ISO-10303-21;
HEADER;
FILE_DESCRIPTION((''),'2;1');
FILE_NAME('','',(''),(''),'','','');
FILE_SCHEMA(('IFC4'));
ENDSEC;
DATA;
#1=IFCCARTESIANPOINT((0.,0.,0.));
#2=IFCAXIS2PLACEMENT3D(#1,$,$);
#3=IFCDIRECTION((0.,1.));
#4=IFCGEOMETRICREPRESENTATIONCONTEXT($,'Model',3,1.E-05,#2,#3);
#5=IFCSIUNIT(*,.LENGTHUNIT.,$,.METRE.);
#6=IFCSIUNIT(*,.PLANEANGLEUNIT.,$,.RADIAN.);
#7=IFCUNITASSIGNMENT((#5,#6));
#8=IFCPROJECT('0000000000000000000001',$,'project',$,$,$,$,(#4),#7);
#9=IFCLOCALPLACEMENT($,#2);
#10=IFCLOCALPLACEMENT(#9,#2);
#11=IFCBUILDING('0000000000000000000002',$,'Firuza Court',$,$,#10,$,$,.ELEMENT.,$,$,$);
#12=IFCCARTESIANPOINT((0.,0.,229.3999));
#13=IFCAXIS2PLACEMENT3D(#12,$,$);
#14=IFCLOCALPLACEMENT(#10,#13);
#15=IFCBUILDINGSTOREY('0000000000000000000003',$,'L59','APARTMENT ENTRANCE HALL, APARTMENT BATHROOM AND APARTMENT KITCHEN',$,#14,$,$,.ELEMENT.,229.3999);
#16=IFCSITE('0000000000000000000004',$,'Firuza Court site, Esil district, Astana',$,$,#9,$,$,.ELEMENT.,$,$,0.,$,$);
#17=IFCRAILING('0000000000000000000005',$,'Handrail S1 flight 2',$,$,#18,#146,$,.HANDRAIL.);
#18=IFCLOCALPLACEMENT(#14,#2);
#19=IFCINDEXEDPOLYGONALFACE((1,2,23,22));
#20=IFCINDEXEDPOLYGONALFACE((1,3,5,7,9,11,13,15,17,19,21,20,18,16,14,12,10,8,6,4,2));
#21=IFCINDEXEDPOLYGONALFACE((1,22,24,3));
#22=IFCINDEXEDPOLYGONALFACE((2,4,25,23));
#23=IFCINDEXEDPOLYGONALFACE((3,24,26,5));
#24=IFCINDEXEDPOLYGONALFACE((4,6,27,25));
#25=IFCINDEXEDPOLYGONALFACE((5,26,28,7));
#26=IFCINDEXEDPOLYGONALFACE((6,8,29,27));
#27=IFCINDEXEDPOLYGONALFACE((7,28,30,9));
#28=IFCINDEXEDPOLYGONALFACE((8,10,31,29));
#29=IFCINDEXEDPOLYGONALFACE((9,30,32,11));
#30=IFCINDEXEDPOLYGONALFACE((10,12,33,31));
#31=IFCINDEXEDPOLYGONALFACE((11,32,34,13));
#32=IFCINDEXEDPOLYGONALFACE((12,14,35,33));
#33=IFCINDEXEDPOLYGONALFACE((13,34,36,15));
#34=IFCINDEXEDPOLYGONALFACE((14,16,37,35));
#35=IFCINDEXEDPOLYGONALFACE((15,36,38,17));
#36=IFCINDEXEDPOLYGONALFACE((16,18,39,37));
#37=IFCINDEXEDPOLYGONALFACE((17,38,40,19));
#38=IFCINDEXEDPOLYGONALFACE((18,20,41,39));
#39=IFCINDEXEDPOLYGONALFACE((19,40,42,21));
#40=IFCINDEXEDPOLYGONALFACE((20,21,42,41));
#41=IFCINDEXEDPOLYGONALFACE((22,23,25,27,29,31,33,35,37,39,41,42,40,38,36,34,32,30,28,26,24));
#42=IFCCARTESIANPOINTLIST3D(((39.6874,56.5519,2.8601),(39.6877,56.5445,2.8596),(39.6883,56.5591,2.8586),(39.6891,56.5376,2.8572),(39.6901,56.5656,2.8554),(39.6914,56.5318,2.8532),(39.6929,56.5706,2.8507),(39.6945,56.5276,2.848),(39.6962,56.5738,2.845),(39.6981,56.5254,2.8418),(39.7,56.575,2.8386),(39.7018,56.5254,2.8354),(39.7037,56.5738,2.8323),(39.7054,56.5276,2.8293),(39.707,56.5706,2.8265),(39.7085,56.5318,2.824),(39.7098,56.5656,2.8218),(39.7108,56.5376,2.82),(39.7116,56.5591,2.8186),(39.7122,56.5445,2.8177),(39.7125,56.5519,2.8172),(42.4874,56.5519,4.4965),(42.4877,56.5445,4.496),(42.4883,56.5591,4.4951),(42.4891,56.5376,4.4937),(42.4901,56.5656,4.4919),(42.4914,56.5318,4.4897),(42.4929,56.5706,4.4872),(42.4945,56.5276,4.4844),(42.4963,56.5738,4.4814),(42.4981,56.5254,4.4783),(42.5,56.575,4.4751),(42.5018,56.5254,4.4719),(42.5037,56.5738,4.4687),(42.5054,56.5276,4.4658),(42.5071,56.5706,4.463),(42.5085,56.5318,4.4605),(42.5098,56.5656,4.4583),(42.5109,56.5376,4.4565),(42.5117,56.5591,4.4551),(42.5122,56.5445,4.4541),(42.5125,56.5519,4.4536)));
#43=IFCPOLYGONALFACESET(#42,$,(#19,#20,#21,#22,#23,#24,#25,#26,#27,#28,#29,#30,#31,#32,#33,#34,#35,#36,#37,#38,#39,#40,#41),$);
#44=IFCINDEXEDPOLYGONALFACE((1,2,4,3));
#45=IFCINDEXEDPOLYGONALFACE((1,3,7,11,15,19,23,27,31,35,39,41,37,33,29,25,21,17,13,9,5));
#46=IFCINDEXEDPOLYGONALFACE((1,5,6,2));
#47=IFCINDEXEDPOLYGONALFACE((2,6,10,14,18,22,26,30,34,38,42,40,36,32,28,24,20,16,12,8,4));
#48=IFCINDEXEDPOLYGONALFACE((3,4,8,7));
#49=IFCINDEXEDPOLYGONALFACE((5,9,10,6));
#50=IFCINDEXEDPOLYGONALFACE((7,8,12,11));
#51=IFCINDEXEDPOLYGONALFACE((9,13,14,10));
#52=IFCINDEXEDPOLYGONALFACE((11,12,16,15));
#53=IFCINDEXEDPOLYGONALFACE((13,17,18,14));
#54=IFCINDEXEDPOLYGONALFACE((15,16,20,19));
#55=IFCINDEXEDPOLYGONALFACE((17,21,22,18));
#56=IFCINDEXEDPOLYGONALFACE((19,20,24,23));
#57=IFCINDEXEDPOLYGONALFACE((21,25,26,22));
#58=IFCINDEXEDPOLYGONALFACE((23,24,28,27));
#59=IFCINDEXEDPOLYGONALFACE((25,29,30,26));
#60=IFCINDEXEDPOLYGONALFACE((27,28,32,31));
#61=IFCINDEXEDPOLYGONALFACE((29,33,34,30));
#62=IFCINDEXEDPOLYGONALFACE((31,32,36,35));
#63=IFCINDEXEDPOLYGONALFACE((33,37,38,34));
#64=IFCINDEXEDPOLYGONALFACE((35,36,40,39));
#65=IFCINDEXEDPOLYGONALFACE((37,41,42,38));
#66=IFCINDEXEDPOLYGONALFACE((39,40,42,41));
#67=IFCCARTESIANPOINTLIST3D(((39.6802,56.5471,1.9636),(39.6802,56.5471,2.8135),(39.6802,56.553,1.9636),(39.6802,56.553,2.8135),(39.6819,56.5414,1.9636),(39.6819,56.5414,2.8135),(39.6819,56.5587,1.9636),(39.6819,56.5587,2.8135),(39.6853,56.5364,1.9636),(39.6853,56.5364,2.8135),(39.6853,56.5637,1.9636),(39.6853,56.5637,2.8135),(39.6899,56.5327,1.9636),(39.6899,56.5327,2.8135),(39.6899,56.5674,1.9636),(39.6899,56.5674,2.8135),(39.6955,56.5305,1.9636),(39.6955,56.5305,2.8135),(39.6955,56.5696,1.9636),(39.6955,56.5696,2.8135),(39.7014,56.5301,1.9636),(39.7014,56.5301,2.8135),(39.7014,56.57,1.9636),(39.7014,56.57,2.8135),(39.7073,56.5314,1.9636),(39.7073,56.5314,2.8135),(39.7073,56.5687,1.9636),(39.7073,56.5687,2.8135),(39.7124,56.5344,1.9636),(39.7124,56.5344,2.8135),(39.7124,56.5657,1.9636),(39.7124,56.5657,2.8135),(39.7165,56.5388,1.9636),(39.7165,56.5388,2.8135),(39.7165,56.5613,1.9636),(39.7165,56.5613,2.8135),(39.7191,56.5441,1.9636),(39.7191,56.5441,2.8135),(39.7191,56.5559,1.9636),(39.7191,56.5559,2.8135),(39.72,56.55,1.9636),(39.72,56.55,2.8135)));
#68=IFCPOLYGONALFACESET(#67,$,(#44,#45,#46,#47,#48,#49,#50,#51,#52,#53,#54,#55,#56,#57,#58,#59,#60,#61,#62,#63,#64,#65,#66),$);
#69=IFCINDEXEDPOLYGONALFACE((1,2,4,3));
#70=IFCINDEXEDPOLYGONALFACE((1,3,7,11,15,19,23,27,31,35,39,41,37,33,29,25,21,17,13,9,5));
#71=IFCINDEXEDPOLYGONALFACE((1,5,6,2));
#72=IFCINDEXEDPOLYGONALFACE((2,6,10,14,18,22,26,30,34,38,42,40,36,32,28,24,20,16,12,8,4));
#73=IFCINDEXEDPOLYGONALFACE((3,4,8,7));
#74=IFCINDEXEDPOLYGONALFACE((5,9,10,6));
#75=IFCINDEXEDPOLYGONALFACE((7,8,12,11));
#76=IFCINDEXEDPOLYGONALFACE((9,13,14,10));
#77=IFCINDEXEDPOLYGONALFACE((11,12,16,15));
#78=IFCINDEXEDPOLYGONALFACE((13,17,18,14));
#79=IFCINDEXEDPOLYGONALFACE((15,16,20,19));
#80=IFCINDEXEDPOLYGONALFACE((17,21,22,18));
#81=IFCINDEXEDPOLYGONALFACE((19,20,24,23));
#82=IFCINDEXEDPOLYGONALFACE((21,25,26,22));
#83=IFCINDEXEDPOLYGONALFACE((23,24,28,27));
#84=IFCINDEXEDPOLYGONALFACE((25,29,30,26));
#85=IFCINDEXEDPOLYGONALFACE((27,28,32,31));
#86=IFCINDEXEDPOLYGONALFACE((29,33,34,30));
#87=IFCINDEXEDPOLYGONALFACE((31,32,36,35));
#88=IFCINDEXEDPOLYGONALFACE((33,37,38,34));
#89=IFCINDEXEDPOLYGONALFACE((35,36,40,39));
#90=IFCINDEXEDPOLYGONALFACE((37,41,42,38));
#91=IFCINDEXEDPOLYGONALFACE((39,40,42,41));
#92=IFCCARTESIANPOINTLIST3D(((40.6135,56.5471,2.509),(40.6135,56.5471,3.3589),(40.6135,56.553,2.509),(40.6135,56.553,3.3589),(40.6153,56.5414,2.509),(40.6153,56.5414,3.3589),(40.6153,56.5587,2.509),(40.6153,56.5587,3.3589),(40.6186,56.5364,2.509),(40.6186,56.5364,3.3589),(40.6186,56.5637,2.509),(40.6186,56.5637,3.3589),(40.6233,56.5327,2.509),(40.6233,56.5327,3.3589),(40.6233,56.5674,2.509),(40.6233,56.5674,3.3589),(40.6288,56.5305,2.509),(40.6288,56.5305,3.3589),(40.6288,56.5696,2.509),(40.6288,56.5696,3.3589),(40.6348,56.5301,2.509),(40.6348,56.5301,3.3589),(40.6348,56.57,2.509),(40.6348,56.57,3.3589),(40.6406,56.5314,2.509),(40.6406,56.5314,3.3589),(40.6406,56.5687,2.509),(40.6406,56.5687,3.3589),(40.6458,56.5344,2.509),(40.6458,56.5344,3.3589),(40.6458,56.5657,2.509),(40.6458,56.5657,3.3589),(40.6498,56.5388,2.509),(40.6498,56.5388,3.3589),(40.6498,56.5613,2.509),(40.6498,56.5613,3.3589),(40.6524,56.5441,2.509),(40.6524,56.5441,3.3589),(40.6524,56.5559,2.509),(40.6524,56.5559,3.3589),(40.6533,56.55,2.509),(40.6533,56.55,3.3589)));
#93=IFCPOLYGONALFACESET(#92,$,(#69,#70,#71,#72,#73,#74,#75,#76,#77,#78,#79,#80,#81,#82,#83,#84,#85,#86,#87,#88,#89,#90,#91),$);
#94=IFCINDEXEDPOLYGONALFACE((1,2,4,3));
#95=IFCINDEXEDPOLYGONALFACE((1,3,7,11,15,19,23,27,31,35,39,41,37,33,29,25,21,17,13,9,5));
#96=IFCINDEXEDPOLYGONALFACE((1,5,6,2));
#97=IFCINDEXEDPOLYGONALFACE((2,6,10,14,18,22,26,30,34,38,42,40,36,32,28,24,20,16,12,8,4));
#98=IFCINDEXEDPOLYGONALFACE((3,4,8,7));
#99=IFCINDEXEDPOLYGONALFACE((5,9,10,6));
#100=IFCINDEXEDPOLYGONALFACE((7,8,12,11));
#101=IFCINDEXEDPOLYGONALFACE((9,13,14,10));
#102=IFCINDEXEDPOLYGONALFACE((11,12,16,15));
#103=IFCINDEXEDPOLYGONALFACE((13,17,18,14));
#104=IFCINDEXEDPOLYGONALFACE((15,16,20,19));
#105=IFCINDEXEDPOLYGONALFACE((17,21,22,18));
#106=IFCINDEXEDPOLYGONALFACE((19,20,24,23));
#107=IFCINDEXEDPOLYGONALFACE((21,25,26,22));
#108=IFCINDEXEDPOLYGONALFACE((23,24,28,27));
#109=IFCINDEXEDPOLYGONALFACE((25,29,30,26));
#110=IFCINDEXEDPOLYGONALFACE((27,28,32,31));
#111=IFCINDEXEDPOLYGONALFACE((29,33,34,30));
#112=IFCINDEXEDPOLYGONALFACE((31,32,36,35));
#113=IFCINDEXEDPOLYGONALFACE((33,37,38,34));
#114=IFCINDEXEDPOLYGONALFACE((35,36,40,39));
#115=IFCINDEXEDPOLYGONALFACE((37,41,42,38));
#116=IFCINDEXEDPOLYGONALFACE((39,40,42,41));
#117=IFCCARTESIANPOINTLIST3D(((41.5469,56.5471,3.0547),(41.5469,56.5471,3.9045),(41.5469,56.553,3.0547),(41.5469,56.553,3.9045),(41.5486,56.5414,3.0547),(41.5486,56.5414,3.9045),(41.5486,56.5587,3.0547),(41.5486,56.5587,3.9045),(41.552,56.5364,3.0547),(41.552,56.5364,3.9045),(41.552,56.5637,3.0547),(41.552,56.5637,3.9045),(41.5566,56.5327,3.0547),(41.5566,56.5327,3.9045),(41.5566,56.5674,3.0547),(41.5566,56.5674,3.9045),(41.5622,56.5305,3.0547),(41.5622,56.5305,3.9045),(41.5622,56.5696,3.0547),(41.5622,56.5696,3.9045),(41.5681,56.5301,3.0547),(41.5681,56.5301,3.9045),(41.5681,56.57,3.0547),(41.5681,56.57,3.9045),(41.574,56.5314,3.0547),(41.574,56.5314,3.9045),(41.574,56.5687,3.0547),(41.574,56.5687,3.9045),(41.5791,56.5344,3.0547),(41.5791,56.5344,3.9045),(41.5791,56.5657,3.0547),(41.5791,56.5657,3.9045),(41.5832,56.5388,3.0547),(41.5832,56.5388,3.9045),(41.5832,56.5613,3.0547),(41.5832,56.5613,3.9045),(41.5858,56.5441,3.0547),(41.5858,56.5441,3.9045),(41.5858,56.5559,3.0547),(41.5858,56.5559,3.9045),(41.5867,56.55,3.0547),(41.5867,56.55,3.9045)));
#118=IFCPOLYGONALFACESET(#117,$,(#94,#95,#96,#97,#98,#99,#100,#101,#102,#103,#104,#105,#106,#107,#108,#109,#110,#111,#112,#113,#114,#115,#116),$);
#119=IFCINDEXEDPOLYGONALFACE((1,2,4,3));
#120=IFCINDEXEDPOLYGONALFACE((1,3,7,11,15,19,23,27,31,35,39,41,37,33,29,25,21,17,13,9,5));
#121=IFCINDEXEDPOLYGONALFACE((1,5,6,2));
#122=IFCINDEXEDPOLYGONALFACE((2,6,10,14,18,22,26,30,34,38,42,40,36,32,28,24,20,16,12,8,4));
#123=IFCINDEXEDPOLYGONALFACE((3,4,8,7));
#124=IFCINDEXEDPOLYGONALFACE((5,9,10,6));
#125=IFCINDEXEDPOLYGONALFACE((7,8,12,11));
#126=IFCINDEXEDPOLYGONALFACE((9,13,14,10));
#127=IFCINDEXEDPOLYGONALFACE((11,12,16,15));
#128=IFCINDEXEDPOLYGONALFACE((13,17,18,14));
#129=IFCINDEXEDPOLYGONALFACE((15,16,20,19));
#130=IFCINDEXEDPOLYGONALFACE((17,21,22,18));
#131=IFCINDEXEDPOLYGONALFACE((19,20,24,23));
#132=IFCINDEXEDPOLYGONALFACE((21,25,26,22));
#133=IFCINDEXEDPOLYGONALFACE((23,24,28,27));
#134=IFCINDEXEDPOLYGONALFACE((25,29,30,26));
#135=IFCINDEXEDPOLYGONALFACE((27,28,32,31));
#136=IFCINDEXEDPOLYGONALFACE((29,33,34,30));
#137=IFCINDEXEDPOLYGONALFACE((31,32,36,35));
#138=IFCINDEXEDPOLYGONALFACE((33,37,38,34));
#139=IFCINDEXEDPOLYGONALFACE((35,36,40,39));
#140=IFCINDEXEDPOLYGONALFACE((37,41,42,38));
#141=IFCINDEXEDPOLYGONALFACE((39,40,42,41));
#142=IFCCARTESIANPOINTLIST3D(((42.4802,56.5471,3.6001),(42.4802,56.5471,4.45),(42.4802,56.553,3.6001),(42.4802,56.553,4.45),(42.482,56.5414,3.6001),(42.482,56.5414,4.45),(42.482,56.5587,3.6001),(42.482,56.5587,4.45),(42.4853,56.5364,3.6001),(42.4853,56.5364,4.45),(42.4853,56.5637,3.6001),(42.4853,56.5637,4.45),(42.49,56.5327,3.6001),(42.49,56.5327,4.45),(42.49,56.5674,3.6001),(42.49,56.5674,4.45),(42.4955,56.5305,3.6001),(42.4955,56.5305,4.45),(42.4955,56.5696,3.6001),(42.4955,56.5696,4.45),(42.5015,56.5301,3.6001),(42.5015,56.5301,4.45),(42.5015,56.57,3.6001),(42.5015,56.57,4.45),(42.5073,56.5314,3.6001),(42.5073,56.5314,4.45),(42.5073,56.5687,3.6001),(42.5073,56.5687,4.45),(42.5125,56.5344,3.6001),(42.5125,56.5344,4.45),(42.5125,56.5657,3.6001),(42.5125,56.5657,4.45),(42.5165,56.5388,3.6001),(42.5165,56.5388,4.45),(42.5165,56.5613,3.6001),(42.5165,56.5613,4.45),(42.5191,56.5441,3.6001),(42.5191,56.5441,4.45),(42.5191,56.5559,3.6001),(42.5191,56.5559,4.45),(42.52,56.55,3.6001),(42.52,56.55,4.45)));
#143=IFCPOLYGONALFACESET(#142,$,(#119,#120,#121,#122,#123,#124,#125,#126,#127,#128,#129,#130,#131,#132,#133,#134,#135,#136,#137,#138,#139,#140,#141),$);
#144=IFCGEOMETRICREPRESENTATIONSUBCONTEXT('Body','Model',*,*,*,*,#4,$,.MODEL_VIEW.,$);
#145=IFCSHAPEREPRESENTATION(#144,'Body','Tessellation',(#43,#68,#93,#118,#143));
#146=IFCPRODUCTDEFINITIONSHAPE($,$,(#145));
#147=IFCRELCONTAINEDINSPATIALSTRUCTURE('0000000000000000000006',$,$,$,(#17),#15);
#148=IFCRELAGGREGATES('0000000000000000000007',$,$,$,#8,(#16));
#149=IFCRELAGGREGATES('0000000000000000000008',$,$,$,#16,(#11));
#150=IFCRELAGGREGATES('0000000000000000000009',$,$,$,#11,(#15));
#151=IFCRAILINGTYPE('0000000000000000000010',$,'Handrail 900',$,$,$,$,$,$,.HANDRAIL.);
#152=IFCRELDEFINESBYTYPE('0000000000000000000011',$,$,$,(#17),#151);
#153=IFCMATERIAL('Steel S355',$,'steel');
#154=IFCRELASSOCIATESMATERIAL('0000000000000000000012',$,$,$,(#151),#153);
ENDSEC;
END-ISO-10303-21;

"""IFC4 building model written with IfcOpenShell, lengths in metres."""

from ifc_helpers import new_model, si_unit, direction, frame, origin, origin_2d, place, context, subcontext, project, spatial, circle, extrude, material, type_object, element, save


model = new_model("IFC4")

# Units and contexts
model_context = context("Model", 3, precision=1e-05, world=origin(), true_north=direction((0.0, 1.0)))
body_context = subcontext(model_context, "Body", "Model", "MODEL_VIEW")
ifc_project = project(units=[si_unit("LENGTHUNIT", "METRE"), si_unit("PLANEANGLEUNIT", "RADIAN")], contexts=[model_context])

# Site, building, storey
site_placement = place(None, origin())
site = spatial("IfcSite", under=ifc_project, at=site_placement, Name="Firuza Court site, Esil district, Astana", CompositionType="ELEMENT", RefElevation=0.0)
building_placement = place(site_placement, origin())
building = spatial("IfcBuilding", under=site, at=building_placement, Name="Firuza Court", CompositionType="ELEMENT")
storey_placement = place(building_placement, frame((0.0, 0.0, 229.3999)))
storey = spatial("IfcBuildingStorey", under=building, at=storey_placement, Name="L59", Description="APARTMENT ENTRANCE HALL, APARTMENT BATHROOM AND APARTMENT KITCHEN", CompositionType="ELEMENT", Elevation=229.3999)

# Railing
ifc_material_1 = material(Name="Steel S355", Category="steel")
railing_type_1 = type_object("IfcRailingType", Name="Handrail 900", PredefinedType="HANDRAIL", material=ifc_material_1)
railing_1_placement = place(storey_placement, frame((39.7, 56.55, 1.9636)))
element("IfcRailing", 1, at=railing_1_placement, inside=storey, type_object=railing_type_1, Name="Handrail S1 flight 2", PredefinedType="HANDRAIL", context=body_context, shape_type="SweptSolid", body=[
    extrude(circle(Radius=0.0249, at=origin_2d()), frame((0.0, 0.0, 0.875), z_axis=(0.863361, 0.0, 0.504587), x_axis=(0.0, 1.0, 0.0)), (0.0, 0.0, 1.0), 3.2432),
    extrude(circle(Radius=0.02, at=origin_2d()), origin(), (0.0, 0.0, 1.0), 0.8499),
    extrude(circle(Radius=0.02, at=origin_2d()), frame((0.9333, 0.0, 0.5454)), (0.0, 0.0, 1.0), 0.8499),
    extrude(circle(Radius=0.02, at=origin_2d()), frame((1.8667, 0.0, 1.0911)), (0.0, 0.0, 1.0), 0.8499),
    extrude(circle(Radius=0.02, at=origin_2d()), frame((2.8, 0.0, 1.6365)), (0.0, 0.0, 1.0), 0.8499),
])

save(model, "model.ifc")
